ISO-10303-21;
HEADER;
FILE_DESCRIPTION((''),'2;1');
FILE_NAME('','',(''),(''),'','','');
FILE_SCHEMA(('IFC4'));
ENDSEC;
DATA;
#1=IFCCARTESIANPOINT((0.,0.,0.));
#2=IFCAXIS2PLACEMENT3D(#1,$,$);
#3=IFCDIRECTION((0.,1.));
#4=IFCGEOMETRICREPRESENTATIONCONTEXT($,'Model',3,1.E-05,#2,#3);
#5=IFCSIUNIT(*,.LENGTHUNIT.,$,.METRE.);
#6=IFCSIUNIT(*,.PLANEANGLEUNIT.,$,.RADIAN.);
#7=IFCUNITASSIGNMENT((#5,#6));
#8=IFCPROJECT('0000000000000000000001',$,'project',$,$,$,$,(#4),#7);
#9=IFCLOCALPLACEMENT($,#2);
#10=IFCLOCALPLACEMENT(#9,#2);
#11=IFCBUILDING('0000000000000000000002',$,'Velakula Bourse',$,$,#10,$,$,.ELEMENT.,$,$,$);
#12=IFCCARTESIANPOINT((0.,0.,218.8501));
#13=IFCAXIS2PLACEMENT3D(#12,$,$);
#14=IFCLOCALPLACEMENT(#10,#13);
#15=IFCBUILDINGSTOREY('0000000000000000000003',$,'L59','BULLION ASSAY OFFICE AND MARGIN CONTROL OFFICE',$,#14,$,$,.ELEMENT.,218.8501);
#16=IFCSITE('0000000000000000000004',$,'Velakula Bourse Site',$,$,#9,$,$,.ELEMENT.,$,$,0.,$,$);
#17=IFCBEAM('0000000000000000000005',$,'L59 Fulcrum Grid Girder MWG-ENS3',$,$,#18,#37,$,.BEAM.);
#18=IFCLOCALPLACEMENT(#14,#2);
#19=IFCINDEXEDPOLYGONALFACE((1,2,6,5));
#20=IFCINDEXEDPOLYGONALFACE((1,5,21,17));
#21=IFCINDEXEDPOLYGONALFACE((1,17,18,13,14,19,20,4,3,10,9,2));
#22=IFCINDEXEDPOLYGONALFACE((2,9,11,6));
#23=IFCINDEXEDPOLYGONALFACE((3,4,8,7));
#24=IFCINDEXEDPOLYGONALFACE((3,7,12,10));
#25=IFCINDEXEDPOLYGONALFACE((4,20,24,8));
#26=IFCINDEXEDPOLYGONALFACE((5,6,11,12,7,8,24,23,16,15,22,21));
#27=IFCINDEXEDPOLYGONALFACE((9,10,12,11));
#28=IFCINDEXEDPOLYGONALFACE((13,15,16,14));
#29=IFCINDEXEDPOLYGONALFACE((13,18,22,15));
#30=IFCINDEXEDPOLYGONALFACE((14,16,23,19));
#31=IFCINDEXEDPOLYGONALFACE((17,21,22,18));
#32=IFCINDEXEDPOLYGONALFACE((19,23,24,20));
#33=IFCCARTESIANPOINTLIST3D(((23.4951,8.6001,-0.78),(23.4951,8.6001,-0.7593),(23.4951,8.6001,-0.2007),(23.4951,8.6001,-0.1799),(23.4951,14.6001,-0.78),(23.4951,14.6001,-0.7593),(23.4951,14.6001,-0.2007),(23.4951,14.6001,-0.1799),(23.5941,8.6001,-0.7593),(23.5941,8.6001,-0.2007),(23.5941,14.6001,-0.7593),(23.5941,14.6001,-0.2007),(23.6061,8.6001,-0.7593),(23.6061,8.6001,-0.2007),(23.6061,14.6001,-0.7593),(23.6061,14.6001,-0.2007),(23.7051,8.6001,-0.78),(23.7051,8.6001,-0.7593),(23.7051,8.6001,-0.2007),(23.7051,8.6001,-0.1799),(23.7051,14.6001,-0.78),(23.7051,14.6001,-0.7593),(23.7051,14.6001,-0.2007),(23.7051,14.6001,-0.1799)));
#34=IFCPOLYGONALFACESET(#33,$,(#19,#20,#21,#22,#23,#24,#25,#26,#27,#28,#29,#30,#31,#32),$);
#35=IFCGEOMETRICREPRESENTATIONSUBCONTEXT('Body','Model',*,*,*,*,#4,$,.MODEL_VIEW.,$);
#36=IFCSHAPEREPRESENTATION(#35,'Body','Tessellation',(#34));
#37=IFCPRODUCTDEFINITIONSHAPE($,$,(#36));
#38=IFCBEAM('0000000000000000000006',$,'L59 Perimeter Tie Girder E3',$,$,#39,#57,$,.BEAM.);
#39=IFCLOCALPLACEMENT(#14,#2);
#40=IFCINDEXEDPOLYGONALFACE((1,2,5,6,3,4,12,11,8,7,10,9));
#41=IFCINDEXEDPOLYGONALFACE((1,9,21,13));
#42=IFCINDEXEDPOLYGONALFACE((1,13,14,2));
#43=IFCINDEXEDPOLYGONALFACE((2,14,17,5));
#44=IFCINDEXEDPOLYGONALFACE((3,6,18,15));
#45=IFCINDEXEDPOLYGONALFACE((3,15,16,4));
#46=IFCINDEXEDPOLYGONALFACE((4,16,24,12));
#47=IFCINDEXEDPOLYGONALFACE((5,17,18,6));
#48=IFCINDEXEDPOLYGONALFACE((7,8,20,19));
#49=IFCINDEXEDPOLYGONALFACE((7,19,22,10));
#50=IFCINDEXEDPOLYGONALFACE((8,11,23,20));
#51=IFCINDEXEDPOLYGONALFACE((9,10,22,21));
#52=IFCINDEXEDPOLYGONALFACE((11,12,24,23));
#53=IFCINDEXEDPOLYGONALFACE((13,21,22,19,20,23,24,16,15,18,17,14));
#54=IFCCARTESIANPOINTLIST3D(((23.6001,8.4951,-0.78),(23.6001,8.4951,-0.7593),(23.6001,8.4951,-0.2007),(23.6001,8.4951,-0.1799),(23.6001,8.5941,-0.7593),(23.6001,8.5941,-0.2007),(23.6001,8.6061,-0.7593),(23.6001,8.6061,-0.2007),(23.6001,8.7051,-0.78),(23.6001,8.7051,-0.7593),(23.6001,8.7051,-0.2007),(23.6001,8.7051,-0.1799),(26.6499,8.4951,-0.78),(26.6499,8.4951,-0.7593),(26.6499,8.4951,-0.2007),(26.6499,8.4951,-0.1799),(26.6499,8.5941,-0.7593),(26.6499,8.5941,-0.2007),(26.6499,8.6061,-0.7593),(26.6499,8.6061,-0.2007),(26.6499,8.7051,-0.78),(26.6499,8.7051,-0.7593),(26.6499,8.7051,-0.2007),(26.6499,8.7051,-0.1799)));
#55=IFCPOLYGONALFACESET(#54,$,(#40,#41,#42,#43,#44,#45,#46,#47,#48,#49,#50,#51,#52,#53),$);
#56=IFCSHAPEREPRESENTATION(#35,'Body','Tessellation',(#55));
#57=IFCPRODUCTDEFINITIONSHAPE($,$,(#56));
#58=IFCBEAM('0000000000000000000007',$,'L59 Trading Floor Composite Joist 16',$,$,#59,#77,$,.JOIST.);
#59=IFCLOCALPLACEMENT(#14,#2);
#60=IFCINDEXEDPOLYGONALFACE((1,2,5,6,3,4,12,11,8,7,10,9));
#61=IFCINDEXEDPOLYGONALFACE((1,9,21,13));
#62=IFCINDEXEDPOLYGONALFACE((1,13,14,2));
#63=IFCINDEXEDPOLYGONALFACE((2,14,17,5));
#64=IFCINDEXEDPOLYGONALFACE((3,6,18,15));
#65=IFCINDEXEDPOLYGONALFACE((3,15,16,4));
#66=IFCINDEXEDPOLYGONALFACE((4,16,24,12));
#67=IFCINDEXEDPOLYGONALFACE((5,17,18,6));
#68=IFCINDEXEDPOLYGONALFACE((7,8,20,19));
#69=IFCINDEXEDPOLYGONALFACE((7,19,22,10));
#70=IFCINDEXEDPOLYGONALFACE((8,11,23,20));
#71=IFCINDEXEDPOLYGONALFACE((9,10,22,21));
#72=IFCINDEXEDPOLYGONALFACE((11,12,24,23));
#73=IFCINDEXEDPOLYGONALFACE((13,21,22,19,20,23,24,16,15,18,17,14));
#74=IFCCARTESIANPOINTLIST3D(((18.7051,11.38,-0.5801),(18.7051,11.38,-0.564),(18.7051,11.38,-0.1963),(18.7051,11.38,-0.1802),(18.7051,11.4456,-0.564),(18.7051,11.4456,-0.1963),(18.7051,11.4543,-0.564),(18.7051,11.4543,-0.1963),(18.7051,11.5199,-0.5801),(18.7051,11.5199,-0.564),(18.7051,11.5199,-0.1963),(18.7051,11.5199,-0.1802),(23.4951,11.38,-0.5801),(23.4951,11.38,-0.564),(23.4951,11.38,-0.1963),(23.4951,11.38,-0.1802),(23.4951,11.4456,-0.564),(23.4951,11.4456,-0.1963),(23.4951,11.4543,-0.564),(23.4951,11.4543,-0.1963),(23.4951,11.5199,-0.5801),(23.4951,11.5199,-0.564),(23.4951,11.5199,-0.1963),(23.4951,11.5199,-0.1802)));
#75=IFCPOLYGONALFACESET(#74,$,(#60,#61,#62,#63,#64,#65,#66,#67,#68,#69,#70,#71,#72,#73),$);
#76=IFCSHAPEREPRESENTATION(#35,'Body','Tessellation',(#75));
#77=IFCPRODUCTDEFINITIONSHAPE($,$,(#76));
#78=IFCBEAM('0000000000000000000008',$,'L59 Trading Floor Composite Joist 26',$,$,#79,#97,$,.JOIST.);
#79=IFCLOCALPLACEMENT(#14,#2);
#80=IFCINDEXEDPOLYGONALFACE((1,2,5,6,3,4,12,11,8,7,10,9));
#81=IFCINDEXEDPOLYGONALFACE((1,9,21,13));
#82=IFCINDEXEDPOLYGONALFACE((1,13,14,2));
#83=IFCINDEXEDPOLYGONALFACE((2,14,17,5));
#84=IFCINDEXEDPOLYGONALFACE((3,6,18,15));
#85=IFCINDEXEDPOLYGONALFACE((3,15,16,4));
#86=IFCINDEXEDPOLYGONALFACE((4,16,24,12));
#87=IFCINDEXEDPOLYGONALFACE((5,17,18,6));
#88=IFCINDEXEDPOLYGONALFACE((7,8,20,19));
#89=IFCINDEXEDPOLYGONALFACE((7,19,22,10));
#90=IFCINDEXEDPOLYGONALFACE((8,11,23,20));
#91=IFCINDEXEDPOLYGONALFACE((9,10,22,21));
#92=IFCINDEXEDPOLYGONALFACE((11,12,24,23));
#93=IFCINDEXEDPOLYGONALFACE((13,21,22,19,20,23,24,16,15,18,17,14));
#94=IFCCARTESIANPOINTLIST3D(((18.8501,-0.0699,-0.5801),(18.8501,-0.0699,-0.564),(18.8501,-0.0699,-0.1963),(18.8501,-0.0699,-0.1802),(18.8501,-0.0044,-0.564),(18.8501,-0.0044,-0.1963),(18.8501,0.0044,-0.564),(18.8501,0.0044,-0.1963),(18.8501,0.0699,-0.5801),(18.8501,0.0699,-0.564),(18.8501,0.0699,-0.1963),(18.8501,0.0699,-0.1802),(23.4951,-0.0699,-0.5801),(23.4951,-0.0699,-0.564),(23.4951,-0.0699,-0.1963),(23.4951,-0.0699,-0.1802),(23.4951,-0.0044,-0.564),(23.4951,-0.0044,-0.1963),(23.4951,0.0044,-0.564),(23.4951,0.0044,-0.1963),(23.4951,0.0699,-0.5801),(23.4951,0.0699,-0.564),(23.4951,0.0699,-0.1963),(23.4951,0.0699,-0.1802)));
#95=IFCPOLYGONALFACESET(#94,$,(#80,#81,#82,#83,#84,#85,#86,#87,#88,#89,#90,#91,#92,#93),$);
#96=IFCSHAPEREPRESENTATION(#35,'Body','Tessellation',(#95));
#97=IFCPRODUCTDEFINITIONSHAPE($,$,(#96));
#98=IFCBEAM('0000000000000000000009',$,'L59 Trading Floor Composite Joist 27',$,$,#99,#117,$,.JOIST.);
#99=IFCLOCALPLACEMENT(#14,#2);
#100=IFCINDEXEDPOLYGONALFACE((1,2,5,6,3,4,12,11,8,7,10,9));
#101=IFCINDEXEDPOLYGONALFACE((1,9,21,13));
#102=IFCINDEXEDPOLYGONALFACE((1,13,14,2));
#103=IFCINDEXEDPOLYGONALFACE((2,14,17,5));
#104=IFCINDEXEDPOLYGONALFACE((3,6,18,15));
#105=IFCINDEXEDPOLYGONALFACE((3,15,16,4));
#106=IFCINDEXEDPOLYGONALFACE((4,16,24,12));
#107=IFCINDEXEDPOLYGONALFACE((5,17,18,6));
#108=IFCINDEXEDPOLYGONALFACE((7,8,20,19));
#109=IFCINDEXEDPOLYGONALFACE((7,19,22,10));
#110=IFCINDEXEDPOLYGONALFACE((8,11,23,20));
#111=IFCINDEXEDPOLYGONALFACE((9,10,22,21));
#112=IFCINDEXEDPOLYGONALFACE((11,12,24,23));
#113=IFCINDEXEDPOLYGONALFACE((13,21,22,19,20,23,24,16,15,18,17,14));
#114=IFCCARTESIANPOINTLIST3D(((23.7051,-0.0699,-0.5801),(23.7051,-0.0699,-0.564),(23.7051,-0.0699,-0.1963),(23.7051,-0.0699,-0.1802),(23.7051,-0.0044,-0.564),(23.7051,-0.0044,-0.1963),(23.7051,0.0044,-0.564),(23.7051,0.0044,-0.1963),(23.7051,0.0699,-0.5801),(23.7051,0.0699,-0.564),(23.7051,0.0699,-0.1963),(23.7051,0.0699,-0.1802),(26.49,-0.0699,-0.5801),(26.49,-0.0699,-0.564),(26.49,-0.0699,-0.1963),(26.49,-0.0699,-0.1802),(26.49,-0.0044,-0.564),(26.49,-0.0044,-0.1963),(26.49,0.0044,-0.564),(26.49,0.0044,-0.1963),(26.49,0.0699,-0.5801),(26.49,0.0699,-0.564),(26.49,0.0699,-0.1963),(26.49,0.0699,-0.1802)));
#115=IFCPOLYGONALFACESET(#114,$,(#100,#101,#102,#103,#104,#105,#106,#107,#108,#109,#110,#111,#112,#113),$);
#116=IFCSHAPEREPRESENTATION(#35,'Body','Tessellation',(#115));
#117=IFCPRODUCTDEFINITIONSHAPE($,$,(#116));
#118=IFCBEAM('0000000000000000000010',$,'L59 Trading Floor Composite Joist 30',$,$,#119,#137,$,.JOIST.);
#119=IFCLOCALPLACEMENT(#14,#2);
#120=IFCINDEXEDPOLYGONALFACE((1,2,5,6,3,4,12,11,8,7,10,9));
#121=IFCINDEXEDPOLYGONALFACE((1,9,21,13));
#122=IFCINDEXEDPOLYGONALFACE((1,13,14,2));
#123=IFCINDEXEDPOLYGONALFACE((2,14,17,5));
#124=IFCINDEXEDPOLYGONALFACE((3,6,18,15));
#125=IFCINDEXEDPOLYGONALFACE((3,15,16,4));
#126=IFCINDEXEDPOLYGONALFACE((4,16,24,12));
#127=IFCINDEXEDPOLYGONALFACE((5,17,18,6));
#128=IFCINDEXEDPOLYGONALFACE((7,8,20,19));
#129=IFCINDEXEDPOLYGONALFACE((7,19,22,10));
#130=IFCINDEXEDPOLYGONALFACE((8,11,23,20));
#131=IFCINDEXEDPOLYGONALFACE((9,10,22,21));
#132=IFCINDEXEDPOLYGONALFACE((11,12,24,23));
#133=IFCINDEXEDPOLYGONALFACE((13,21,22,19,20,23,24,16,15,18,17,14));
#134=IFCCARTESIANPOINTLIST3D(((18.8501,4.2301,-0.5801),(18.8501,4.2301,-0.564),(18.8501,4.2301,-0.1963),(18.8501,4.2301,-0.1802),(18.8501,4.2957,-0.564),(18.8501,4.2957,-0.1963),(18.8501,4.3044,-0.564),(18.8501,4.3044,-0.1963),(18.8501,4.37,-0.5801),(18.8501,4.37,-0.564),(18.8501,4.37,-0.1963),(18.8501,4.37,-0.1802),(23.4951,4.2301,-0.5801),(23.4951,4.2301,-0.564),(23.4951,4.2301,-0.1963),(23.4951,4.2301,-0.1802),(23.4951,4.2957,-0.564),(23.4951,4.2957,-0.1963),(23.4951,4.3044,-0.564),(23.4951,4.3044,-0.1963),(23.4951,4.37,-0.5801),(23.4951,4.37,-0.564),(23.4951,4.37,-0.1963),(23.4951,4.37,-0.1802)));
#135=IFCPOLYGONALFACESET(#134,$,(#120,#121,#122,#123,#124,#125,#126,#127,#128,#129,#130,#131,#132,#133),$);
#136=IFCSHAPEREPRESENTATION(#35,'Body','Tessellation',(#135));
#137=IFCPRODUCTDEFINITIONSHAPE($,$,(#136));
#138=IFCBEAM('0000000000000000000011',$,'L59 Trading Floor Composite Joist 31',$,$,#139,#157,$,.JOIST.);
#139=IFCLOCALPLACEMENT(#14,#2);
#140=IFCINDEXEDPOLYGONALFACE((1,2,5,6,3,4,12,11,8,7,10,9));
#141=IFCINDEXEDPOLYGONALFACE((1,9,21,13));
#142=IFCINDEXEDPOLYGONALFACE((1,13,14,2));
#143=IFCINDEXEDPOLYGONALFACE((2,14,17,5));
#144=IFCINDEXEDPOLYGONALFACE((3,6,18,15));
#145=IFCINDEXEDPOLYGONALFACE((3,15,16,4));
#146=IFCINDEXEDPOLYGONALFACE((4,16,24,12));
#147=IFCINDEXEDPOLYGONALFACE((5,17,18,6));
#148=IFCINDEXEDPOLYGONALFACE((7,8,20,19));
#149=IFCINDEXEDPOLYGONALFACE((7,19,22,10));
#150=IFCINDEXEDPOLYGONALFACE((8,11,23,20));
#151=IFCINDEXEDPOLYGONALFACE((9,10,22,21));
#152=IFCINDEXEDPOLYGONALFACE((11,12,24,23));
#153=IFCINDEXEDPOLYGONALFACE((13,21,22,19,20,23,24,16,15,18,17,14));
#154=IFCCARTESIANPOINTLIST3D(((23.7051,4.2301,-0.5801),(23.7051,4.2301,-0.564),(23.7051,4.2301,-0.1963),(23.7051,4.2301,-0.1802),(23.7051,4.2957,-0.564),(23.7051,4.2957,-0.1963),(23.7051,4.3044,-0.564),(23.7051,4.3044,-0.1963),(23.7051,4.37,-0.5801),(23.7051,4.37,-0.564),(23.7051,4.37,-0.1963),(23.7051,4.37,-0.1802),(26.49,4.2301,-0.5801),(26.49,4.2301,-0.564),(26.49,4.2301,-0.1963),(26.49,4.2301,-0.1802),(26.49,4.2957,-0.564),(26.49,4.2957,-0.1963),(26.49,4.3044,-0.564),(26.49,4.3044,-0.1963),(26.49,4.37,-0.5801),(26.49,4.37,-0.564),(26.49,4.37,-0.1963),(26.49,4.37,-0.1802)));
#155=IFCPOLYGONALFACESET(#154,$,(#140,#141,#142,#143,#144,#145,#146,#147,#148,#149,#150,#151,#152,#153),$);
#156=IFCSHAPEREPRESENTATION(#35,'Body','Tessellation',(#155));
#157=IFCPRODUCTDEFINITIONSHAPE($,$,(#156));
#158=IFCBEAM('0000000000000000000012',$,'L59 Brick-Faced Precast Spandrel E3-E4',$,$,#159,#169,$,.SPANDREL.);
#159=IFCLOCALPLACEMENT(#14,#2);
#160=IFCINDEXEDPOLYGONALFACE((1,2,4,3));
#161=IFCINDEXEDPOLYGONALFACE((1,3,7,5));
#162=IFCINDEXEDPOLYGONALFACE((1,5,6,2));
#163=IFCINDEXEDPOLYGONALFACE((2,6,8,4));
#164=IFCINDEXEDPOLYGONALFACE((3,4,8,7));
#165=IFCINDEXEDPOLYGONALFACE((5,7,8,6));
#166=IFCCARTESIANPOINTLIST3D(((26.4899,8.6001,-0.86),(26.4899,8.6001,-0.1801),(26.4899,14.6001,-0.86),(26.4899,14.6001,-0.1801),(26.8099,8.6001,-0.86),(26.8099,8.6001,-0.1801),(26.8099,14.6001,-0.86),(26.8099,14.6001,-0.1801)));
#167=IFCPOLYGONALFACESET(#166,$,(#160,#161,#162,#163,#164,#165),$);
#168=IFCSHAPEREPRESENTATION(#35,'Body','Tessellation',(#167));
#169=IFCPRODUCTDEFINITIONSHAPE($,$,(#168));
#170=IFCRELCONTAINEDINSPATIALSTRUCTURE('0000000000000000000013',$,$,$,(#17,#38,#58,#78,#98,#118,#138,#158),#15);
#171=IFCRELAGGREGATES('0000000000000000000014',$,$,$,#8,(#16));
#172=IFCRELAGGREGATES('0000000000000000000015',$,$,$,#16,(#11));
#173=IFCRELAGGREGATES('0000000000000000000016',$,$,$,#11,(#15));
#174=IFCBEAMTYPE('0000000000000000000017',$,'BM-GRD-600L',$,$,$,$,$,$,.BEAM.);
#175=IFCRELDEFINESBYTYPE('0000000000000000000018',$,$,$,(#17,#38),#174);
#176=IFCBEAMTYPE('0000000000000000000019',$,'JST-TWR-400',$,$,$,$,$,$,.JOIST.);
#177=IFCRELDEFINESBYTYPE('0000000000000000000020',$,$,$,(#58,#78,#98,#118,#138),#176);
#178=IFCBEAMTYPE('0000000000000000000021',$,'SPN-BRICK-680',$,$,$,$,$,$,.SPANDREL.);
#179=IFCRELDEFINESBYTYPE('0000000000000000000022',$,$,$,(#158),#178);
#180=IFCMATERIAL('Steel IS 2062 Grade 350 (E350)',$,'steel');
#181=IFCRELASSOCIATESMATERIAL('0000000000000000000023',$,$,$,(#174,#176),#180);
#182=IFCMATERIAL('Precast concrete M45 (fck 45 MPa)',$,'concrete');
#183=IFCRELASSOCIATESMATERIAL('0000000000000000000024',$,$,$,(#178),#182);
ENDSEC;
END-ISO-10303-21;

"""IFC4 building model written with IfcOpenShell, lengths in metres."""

from ifc_helpers import new_model, si_unit, direction, frame, origin, origin_2d, place, context, subcontext, project, spatial, rectangle, i_section, extrude, material, material_profile, profile_set, type_object, element, save


model = new_model("IFC4")

# Units and contexts
model_context = context("Model", 3, precision=1e-05, world=origin(), true_north=direction((0.0, 1.0)))
body_context = subcontext(model_context, "Body", "Model", "MODEL_VIEW")
ifc_project = project(units=[si_unit("LENGTHUNIT", "METRE"), si_unit("PLANEANGLEUNIT", "RADIAN")], contexts=[model_context])

# Site, building, storey
site_placement = place(None, origin())
site = spatial("IfcSite", under=ifc_project, at=site_placement, Name="Velakula Bourse Site", CompositionType="ELEMENT", RefElevation=0.0)
building_placement = place(site_placement, origin())
building = spatial("IfcBuilding", under=site, at=building_placement, Name="Velakula Bourse", CompositionType="ELEMENT")
storey_placement = place(building_placement, frame((0.0, 0.0, 218.8501)))
storey = spatial("IfcBuildingStorey", under=building, at=storey_placement, Name="L59", Description="BULLION ASSAY OFFICE AND MARGIN CONTROL OFFICE", CompositionType="ELEMENT", Elevation=218.8501)

# Shared definitions
ifc_material_1 = material(Name="Steel IS 2062 Grade 350 (E350)", Category="steel")

# Beams
ifc_material_profile_1 = material_profile(ifc_material_1, i_section(OverallWidth=0.21, OverallDepth=0.6001, WebThickness=0.012, FlangeThickness=0.0208, at=origin_2d()), Name="Steel IS 2062 Grade 350 (E350)")
ifc_profile_set_1 = profile_set([ifc_material_profile_1], Name="Steel IS 2062 Grade 350 (E350)")
beam_type_1 = type_object("IfcBeamType", Name="BM-GRD-600L", PredefinedType="BEAM", material=ifc_profile_set_1)
beam_1_placement = place(storey_placement, frame((23.6001, 8.6001, -0.48), z_axis=(0.0, 1.0, 0.0), x_axis=(-1.0, 0.0, 0.0)))
element("IfcBeam", 1, at=beam_1_placement, inside=storey, type_object=beam_type_1, Name="L59 Fulcrum Grid Girder MWG-ENS3", PredefinedType="BEAM", context=body_context, shape_type="SweptSolid", body=[
    extrude(i_section(OverallWidth=0.21, OverallDepth=0.6001, WebThickness=0.012, FlangeThickness=0.0208, at=origin_2d()), origin(), (0.0, 0.0, 1.0), 6.0),
])
beam_2_placement = place(storey_placement, frame((23.6001, 8.6001, -0.48), z_axis=(1.0, 0.0, 0.0), x_axis=(0.0, 1.0, 0.0)))
element("IfcBeam", 2, at=beam_2_placement, inside=storey, type_object=beam_type_1, Name="L59 Perimeter Tie Girder E3", PredefinedType="BEAM", context=body_context, shape_type="SweptSolid", body=[
    extrude(i_section(OverallWidth=0.21, OverallDepth=0.6001, WebThickness=0.012, FlangeThickness=0.0208, at=origin_2d()), origin(), (0.0, 0.0, 1.0), 3.0498),
])
ifc_material_profile_2 = material_profile(ifc_material_1, i_section(OverallWidth=0.1399, OverallDepth=0.3999, WebThickness=0.0088, FlangeThickness=0.0161, at=origin_2d()), Name="Steel IS 2062 Grade 350 (E350)")
ifc_profile_set_2 = profile_set([ifc_material_profile_2], Name="Steel IS 2062 Grade 350 (E350)")
beam_type_2 = type_object("IfcBeamType", Name="JST-TWR-400", PredefinedType="JOIST", material=ifc_profile_set_2)
beam_3_placement = place(storey_placement, frame((18.7051, 11.45, -0.3801), z_axis=(1.0, 0.0, 0.0), x_axis=(0.0, 1.0, 0.0)))
element("IfcBeam", 3, at=beam_3_placement, inside=storey, type_object=beam_type_2, Name="L59 Trading Floor Composite Joist 16", PredefinedType="JOIST", context=body_context, shape_type="SweptSolid", body=[
    extrude(i_section(OverallWidth=0.1399, OverallDepth=0.3999, WebThickness=0.0088, FlangeThickness=0.0161, at=origin_2d()), origin(), (0.0, 0.0, 1.0), 4.79),
])
beam_4_placement = place(storey_placement, frame((18.8501, 0.0, -0.3801), z_axis=(1.0, 0.0, 0.0), x_axis=(0.0, 1.0, 0.0)))
element("IfcBeam", 4, at=beam_4_placement, inside=storey, type_object=beam_type_2, Name="L59 Trading Floor Composite Joist 26", PredefinedType="JOIST", context=body_context, shape_type="SweptSolid", body=[
    extrude(i_section(OverallWidth=0.1399, OverallDepth=0.3999, WebThickness=0.0088, FlangeThickness=0.0161, at=origin_2d()), origin(), (0.0, 0.0, 1.0), 4.645),
])
beam_5_placement = place(storey_placement, frame((23.7051, 0.0, -0.3801), z_axis=(1.0, 0.0, 0.0), x_axis=(0.0, 1.0, 0.0)))
element("IfcBeam", 5, at=beam_5_placement, inside=storey, type_object=beam_type_2, Name="L59 Trading Floor Composite Joist 27", PredefinedType="JOIST", context=body_context, shape_type="SweptSolid", body=[
    extrude(i_section(OverallWidth=0.1399, OverallDepth=0.3999, WebThickness=0.0088, FlangeThickness=0.0161, at=origin_2d()), origin(), (0.0, 0.0, 1.0), 2.7849),
])
beam_6_placement = place(storey_placement, frame((18.8501, 4.3, -0.3801), z_axis=(1.0, 0.0, 0.0), x_axis=(0.0, 1.0, 0.0)))
element("IfcBeam", 6, at=beam_6_placement, inside=storey, type_object=beam_type_2, Name="L59 Trading Floor Composite Joist 30", PredefinedType="JOIST", context=body_context, shape_type="SweptSolid", body=[
    extrude(i_section(OverallWidth=0.1399, OverallDepth=0.3999, WebThickness=0.0088, FlangeThickness=0.0161, at=origin_2d()), origin(), (0.0, 0.0, 1.0), 4.645),
])
beam_7_placement = place(storey_placement, frame((23.7051, 4.3, -0.3801), z_axis=(1.0, 0.0, 0.0), x_axis=(0.0, 1.0, 0.0)))
element("IfcBeam", 7, at=beam_7_placement, inside=storey, type_object=beam_type_2, Name="L59 Trading Floor Composite Joist 31", PredefinedType="JOIST", context=body_context, shape_type="SweptSolid", body=[
    extrude(i_section(OverallWidth=0.1399, OverallDepth=0.3999, WebThickness=0.0088, FlangeThickness=0.0161, at=origin_2d()), origin(), (0.0, 0.0, 1.0), 2.7849),
])
ifc_material_2 = material(Name="Precast concrete M45 (fck 45 MPa)", Category="concrete")
ifc_material_profile_3 = material_profile(ifc_material_2, rectangle(XDim=0.3201, YDim=0.6799, at=origin_2d()), Name="Precast concrete M45 (fck 45 MPa)")
ifc_profile_set_3 = profile_set([ifc_material_profile_3], Name="Precast concrete M45 (fck 45 MPa)")
beam_type_3 = type_object("IfcBeamType", Name="SPN-BRICK-680", PredefinedType="SPANDREL", material=ifc_profile_set_3)
beam_8_placement = place(storey_placement, frame((26.6499, 8.6001, -0.52), z_axis=(0.0, 1.0, 0.0), x_axis=(-1.0, 0.0, 0.0)))
element("IfcBeam", 8, at=beam_8_placement, inside=storey, type_object=beam_type_3, Name="L59 Brick-Faced Precast Spandrel E3-E4", PredefinedType="SPANDREL", context=body_context, shape_type="SweptSolid", body=[
    extrude(rectangle(XDim=0.3201, YDim=0.6799, at=origin_2d()), origin(), (0.0, 0.0, 1.0), 6.0),
])

save(model, "model.ifc")
